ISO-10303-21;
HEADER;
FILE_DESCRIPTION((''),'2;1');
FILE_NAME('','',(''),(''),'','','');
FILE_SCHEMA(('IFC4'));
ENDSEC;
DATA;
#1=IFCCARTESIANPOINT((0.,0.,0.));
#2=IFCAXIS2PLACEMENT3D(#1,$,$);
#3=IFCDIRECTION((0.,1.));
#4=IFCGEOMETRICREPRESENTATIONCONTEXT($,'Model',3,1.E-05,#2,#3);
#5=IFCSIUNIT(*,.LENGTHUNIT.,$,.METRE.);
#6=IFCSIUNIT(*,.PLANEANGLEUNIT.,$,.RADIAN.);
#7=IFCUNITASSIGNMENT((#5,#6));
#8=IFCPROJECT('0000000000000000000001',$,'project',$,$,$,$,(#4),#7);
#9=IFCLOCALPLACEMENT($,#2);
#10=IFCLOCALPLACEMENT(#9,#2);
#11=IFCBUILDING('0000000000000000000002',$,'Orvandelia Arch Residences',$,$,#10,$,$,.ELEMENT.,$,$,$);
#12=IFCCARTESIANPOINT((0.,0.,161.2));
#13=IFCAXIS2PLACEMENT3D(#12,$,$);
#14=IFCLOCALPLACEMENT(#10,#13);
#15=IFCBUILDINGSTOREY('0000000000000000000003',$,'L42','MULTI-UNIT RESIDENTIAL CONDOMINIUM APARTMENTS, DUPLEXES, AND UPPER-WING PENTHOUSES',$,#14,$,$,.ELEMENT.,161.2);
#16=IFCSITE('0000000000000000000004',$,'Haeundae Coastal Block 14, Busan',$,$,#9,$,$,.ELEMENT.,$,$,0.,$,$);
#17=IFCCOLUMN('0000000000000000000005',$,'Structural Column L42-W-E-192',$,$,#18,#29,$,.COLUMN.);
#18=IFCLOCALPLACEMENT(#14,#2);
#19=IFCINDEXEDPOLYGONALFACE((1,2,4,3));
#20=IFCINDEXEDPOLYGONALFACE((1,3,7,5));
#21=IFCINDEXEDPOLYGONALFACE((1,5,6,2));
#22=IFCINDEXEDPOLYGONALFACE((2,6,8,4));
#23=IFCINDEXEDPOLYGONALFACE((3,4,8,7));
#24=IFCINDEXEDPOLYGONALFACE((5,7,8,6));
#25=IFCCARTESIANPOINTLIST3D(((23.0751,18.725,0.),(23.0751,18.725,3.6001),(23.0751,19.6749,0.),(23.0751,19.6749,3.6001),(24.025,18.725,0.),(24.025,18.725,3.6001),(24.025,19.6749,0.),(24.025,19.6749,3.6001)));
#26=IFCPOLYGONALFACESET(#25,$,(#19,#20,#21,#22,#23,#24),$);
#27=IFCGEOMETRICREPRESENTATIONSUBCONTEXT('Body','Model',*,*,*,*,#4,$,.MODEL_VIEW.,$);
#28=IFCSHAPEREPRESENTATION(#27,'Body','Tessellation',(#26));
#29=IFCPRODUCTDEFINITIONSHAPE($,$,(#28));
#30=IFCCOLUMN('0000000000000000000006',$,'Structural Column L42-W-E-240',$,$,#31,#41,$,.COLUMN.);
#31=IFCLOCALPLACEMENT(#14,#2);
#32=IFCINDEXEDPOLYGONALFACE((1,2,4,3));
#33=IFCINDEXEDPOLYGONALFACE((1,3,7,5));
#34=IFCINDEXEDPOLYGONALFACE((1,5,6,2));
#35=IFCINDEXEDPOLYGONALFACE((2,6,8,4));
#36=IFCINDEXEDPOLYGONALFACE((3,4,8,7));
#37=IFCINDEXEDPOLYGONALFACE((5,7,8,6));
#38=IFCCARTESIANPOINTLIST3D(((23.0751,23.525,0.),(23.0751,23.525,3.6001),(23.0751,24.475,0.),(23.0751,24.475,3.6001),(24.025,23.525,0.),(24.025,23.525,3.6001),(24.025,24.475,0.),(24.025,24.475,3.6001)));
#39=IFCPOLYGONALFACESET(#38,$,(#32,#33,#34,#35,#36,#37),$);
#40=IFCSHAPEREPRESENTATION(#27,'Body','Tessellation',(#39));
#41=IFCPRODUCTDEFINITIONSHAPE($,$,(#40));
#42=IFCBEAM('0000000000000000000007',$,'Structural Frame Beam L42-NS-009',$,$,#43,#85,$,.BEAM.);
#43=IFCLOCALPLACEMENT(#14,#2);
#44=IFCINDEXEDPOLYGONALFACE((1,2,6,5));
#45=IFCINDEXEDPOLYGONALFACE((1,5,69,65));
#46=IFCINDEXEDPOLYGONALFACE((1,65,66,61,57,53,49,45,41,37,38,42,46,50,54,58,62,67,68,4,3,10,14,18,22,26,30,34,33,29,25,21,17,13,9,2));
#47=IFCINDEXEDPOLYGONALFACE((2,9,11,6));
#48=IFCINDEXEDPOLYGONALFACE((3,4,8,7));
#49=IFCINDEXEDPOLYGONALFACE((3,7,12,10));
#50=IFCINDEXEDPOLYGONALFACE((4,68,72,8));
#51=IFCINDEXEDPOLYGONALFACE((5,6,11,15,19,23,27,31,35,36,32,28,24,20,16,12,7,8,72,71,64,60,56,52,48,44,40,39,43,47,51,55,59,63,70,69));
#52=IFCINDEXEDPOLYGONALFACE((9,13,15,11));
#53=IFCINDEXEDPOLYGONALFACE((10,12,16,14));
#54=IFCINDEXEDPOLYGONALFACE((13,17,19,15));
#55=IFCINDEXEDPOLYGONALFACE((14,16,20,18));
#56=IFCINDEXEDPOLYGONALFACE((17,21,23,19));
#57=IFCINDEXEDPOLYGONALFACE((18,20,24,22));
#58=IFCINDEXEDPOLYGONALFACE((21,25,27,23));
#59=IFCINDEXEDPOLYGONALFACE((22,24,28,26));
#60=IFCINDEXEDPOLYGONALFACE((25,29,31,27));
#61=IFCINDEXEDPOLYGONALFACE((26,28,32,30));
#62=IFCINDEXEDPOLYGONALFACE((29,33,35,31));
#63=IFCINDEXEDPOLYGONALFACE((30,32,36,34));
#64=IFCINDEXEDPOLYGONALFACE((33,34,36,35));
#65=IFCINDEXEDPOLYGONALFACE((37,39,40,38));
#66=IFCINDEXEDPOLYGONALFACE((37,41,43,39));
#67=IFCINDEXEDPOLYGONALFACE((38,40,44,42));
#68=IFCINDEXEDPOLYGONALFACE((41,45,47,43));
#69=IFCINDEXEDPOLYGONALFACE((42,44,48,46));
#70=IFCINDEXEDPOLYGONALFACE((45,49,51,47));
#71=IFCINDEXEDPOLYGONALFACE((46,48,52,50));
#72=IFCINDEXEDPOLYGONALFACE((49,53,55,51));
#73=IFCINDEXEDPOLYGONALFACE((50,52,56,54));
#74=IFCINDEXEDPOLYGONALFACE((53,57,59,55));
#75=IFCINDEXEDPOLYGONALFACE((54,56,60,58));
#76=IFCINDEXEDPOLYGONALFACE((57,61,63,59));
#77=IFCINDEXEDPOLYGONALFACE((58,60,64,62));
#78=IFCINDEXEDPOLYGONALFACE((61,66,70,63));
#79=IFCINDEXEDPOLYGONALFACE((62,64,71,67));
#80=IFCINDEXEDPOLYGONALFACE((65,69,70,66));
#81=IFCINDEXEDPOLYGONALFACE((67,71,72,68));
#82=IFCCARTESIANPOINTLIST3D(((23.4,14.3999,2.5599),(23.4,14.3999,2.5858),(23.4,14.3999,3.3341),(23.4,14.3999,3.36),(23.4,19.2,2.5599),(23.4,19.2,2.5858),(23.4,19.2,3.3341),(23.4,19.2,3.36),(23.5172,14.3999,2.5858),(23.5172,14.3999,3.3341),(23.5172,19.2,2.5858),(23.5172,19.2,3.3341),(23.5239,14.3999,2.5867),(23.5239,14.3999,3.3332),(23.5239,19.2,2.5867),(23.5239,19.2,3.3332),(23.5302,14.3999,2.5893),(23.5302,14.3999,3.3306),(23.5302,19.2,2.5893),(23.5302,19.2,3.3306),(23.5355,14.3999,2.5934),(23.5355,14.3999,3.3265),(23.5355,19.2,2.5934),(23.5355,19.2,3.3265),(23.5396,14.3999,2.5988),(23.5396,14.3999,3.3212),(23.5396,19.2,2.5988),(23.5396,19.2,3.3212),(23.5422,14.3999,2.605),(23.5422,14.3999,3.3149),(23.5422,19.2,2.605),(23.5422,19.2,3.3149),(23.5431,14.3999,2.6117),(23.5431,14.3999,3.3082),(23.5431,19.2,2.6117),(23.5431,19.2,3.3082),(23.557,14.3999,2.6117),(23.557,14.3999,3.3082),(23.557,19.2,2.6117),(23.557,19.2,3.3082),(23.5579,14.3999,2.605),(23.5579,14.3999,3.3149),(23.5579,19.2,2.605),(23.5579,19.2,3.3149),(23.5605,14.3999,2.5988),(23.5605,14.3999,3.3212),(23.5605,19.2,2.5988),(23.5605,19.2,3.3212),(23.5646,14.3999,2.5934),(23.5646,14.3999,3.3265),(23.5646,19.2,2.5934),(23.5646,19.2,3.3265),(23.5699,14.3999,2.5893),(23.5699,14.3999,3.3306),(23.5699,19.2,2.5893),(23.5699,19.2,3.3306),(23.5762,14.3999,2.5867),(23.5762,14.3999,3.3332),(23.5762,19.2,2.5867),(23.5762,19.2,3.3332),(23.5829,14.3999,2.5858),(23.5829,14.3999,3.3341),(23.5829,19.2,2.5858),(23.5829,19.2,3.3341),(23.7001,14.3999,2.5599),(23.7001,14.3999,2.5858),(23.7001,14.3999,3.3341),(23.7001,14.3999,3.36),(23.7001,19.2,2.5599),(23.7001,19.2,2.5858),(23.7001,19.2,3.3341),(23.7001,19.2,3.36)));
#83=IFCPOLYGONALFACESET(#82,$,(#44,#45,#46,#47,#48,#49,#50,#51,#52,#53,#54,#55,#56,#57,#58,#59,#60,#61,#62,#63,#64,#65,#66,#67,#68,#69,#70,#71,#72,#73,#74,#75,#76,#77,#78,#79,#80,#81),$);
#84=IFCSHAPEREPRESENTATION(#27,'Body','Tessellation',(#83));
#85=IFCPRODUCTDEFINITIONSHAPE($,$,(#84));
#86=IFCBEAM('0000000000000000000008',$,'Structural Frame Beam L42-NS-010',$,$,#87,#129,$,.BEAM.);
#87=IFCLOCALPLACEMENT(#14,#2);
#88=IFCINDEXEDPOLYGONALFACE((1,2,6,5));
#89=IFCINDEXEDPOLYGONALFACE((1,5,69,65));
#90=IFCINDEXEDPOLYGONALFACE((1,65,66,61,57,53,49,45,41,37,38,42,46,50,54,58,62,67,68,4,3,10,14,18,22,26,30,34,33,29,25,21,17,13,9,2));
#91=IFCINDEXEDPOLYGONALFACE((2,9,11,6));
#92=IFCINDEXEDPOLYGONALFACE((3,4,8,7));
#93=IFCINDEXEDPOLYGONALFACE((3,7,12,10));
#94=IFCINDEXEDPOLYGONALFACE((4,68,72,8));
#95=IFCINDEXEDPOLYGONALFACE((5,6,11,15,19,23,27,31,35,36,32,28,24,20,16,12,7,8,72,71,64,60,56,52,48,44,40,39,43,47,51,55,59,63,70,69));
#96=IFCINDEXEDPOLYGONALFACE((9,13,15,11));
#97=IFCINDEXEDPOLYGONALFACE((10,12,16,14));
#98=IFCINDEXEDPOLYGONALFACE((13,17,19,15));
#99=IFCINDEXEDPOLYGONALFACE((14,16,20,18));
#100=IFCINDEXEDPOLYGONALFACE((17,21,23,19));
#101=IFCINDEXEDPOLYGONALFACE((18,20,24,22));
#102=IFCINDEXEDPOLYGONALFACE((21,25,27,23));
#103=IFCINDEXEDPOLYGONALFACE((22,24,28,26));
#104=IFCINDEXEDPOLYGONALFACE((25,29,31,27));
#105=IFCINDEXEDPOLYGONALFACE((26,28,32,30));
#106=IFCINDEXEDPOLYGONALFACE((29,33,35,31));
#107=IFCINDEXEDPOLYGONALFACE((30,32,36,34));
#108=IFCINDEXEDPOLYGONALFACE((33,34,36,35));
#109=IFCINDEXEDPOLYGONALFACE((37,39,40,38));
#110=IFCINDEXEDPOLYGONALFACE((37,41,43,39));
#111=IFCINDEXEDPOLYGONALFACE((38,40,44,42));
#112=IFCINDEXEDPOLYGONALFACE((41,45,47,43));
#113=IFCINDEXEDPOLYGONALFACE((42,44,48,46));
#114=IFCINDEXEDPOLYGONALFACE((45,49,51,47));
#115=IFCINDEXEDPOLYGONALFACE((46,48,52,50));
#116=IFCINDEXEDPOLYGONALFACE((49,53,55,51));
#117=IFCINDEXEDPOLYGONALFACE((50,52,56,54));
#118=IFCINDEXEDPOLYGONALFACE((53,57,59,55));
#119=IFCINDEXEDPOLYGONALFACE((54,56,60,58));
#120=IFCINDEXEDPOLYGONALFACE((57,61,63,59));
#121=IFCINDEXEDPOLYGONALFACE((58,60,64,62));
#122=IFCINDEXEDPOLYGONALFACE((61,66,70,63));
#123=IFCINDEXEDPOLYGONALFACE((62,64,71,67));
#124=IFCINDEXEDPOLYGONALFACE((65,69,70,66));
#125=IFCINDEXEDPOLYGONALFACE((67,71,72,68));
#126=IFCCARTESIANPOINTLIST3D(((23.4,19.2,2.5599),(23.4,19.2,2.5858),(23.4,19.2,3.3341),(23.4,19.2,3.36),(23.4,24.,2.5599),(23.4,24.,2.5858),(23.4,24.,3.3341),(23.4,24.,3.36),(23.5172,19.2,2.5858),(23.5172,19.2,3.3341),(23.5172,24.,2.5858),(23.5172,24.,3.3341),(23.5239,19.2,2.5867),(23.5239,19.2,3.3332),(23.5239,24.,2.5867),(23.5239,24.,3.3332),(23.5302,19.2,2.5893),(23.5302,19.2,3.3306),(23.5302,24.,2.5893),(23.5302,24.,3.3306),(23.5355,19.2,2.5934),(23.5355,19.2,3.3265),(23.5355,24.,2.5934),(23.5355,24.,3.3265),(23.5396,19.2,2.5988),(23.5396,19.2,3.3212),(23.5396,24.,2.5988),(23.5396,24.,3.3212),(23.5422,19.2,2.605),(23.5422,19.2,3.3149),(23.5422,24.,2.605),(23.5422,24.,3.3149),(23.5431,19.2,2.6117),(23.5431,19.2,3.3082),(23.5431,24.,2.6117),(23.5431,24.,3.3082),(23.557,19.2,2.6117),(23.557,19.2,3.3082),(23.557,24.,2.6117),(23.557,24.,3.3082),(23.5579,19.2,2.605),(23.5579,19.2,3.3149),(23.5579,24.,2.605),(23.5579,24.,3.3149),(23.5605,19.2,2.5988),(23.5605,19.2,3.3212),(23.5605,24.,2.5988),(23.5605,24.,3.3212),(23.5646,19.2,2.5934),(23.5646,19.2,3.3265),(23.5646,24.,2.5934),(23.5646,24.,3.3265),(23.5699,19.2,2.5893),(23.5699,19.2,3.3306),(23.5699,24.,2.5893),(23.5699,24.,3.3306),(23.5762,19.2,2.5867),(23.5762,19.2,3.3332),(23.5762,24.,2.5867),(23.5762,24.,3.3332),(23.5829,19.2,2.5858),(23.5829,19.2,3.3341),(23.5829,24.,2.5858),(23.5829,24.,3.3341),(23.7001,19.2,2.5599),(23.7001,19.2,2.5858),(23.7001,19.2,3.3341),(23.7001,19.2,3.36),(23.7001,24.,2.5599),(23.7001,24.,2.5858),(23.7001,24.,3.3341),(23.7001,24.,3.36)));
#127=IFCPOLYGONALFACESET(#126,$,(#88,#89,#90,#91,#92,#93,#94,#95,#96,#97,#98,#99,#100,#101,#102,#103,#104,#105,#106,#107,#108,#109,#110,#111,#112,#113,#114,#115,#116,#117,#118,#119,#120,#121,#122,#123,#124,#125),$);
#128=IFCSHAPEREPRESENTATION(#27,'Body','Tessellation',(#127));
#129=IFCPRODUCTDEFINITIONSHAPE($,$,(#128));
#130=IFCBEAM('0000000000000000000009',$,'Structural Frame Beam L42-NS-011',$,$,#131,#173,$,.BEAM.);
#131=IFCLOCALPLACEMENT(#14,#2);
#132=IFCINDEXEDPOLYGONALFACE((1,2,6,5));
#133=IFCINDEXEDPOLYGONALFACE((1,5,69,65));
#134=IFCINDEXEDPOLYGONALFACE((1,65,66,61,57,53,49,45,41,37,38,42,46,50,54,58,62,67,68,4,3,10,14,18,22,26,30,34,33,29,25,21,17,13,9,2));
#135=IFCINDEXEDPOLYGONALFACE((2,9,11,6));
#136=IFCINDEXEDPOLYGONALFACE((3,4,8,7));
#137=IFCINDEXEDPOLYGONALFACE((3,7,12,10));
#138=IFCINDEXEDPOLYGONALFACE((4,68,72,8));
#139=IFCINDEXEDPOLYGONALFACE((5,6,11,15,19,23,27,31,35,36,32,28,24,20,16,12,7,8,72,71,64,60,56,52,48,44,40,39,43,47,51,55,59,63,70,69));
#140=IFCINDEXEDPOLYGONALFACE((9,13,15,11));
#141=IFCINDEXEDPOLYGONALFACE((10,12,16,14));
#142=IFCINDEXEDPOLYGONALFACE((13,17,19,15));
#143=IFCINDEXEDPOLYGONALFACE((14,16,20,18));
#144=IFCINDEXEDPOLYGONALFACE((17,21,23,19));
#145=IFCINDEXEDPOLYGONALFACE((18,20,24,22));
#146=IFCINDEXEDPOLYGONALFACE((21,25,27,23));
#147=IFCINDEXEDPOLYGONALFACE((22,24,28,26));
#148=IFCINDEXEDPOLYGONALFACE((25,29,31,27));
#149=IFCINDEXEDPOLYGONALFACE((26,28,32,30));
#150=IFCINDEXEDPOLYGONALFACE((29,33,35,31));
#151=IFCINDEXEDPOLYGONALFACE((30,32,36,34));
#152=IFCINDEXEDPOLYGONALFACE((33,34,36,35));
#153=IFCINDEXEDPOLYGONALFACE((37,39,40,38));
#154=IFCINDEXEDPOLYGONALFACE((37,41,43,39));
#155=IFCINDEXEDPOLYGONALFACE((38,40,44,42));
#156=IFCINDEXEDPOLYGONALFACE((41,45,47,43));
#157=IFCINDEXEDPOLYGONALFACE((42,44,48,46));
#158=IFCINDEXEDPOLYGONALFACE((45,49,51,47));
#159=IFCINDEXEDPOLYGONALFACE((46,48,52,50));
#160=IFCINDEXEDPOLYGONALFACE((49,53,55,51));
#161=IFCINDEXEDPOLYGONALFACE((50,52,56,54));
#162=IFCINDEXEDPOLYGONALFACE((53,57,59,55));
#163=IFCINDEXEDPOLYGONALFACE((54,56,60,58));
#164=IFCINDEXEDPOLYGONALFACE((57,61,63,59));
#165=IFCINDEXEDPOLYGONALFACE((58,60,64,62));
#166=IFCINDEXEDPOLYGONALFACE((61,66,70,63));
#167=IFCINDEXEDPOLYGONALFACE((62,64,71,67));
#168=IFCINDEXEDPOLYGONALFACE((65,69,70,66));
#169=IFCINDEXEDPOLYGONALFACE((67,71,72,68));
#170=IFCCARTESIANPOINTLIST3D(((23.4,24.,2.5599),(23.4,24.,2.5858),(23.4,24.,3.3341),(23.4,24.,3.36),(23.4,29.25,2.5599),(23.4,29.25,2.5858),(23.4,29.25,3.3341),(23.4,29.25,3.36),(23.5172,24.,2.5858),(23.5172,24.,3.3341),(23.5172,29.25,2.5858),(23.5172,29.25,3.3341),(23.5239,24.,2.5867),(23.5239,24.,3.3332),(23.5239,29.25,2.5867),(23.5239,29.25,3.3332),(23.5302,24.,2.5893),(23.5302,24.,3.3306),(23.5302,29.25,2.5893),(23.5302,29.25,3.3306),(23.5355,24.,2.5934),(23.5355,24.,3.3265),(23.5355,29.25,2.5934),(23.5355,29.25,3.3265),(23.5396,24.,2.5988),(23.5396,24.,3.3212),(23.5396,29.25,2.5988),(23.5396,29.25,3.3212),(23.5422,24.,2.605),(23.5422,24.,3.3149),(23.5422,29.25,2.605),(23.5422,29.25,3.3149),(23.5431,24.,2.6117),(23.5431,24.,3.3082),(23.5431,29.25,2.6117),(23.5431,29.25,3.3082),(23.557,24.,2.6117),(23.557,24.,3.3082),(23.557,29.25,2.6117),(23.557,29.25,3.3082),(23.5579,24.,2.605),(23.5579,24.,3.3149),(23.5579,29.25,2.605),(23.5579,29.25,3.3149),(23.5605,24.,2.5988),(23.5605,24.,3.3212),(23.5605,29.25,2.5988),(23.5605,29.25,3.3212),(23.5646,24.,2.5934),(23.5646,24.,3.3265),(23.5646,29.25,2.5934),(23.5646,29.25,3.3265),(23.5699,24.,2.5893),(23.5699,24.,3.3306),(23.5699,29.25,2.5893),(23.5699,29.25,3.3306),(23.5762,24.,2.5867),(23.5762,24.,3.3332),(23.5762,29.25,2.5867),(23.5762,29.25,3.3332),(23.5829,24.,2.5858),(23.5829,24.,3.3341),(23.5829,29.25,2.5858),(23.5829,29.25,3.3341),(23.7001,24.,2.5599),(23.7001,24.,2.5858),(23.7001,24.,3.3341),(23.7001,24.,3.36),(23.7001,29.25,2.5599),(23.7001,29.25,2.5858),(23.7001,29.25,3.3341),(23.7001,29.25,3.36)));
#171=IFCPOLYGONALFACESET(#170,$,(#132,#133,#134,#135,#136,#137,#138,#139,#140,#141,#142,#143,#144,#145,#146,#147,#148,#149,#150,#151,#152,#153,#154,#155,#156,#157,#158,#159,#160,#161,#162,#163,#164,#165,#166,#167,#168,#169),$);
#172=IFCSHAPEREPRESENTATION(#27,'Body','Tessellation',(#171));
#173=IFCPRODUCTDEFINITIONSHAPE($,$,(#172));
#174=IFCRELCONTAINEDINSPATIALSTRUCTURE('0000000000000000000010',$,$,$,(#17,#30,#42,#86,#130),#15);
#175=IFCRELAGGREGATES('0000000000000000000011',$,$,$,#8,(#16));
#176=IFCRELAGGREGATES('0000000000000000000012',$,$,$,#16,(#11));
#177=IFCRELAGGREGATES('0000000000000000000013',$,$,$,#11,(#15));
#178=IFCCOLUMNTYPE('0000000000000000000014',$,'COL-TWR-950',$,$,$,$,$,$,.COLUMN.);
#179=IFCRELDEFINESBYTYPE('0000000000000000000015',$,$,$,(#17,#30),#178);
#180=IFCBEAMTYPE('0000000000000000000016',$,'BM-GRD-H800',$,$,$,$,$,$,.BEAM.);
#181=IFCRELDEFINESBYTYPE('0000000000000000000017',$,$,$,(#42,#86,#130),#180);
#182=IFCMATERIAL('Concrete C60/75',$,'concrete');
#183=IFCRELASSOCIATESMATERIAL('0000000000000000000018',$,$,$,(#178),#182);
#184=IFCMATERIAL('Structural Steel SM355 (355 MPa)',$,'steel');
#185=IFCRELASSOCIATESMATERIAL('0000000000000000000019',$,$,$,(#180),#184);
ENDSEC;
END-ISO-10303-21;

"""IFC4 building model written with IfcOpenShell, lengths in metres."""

from ifc_helpers import new_model, si_unit, direction, frame, origin, origin_2d, place, context, subcontext, project, spatial, rectangle, i_section, extrude, material, material_profile, profile_set, type_object, element, save


model = new_model("IFC4")

# Units and contexts
model_context = context("Model", 3, precision=1e-05, world=origin(), true_north=direction((0.0, 1.0)))
body_context = subcontext(model_context, "Body", "Model", "MODEL_VIEW")
ifc_project = project(units=[si_unit("LENGTHUNIT", "METRE"), si_unit("PLANEANGLEUNIT", "RADIAN")], contexts=[model_context])

# Site, building, storey
site_placement = place(None, origin())
site = spatial("IfcSite", under=ifc_project, at=site_placement, Name="Haeundae Coastal Block 14, Busan", CompositionType="ELEMENT", RefElevation=0.0)
building_placement = place(site_placement, origin())
building = spatial("IfcBuilding", under=site, at=building_placement, Name="Orvandelia Arch Residences", CompositionType="ELEMENT")
storey_placement = place(building_placement, frame((0.0, 0.0, 161.2)))
storey = spatial("IfcBuildingStorey", under=building, at=storey_placement, Name="L42", Description="MULTI-UNIT RESIDENTIAL CONDOMINIUM APARTMENTS, DUPLEXES, AND UPPER-WING PENTHOUSES", CompositionType="ELEMENT", Elevation=161.2)

# Columns
ifc_material_1 = material(Name="Concrete C60/75", Category="concrete")
ifc_material_profile_1 = material_profile(ifc_material_1, rectangle(XDim=0.95, YDim=0.95, at=origin_2d()), Name="Concrete C60/75", Category="concrete")
ifc_profile_set_1 = profile_set([ifc_material_profile_1], Name="Concrete C60/75")
column_type = type_object("IfcColumnType", Name="COL-TWR-950", PredefinedType="COLUMN", material=ifc_profile_set_1)
for number, where, z_axis, x_axis, name in (
    (1, (23.55, 19.2, 0.0), (0.0, 0.0, 1.0), (1.0, 0.0, 0.0), "Structural Column L42-W-E-192"),
    (2, (23.55, 24.0, 0.0), (0.0, 0.0, 1.0), (1.0, 0.0, 0.0), "Structural Column L42-W-E-240"),
):
    element("IfcColumn", number, at=place(storey_placement, frame(where, z_axis=z_axis, x_axis=x_axis)), inside=storey, type_object=column_type, Name=name, PredefinedType="COLUMN", context=body_context, shape_type="SweptSolid", body=[
        extrude(rectangle(XDim=0.95, YDim=0.95, at=origin_2d()), origin(), (0.0, 0.0, 1.0), 3.6001),
    ])

# Beams
ifc_material_2 = material(Name="Structural Steel SM355 (355 MPa)", Category="steel")
ifc_material_profile_2 = material_profile(ifc_material_2, i_section(OverallWidth=0.3, OverallDepth=0.8, WebThickness=0.0139, FlangeThickness=0.0259, FilletRadius=0.0259, at=origin_2d()), Name="Structural Steel SM355 (355 MPa)", Category="steel")
ifc_profile_set_2 = profile_set([ifc_material_profile_2], Name="Structural Steel SM355 (355 MPa)")
beam_type = type_object("IfcBeamType", Name="BM-GRD-H800", PredefinedType="BEAM", material=ifc_profile_set_2)
for number, where, z_axis, x_axis, name in (
    (3, (23.55, 14.3999, 2.96), (0.0, 1.0, 0.0), (-1.0, 0.0, 0.0), "Structural Frame Beam L42-NS-009"),
    (4, (23.55, 19.2, 2.96), (0.0, 1.0, 0.0), (-1.0, 0.0, 0.0), "Structural Frame Beam L42-NS-010"),
):
    element("IfcBeam", number, at=place(storey_placement, frame(where, z_axis=z_axis, x_axis=x_axis)), inside=storey, type_object=beam_type, Name=name, PredefinedType="BEAM", context=body_context, shape_type="SweptSolid", body=[
        extrude(i_section(OverallWidth=0.3, OverallDepth=0.8, WebThickness=0.0139, FlangeThickness=0.0259, FilletRadius=0.0259, at=origin_2d()), origin(), (0.0, 0.0, 1.0), 4.8),
    ])
beam_placement = place(storey_placement, frame((23.55, 24.0, 2.96), z_axis=(0.0, 1.0, 0.0), x_axis=(-1.0, 0.0, 0.0)))
element("IfcBeam", 5, at=beam_placement, inside=storey, type_object=beam_type, Name="Structural Frame Beam L42-NS-011", PredefinedType="BEAM", context=body_context, shape_type="SweptSolid", body=[
    extrude(i_section(OverallWidth=0.3, OverallDepth=0.8, WebThickness=0.0139, FlangeThickness=0.0259, FilletRadius=0.0259, at=origin_2d()), origin(), (0.0, 0.0, 1.0), 5.25),
])

save(model, "model.ifc")
